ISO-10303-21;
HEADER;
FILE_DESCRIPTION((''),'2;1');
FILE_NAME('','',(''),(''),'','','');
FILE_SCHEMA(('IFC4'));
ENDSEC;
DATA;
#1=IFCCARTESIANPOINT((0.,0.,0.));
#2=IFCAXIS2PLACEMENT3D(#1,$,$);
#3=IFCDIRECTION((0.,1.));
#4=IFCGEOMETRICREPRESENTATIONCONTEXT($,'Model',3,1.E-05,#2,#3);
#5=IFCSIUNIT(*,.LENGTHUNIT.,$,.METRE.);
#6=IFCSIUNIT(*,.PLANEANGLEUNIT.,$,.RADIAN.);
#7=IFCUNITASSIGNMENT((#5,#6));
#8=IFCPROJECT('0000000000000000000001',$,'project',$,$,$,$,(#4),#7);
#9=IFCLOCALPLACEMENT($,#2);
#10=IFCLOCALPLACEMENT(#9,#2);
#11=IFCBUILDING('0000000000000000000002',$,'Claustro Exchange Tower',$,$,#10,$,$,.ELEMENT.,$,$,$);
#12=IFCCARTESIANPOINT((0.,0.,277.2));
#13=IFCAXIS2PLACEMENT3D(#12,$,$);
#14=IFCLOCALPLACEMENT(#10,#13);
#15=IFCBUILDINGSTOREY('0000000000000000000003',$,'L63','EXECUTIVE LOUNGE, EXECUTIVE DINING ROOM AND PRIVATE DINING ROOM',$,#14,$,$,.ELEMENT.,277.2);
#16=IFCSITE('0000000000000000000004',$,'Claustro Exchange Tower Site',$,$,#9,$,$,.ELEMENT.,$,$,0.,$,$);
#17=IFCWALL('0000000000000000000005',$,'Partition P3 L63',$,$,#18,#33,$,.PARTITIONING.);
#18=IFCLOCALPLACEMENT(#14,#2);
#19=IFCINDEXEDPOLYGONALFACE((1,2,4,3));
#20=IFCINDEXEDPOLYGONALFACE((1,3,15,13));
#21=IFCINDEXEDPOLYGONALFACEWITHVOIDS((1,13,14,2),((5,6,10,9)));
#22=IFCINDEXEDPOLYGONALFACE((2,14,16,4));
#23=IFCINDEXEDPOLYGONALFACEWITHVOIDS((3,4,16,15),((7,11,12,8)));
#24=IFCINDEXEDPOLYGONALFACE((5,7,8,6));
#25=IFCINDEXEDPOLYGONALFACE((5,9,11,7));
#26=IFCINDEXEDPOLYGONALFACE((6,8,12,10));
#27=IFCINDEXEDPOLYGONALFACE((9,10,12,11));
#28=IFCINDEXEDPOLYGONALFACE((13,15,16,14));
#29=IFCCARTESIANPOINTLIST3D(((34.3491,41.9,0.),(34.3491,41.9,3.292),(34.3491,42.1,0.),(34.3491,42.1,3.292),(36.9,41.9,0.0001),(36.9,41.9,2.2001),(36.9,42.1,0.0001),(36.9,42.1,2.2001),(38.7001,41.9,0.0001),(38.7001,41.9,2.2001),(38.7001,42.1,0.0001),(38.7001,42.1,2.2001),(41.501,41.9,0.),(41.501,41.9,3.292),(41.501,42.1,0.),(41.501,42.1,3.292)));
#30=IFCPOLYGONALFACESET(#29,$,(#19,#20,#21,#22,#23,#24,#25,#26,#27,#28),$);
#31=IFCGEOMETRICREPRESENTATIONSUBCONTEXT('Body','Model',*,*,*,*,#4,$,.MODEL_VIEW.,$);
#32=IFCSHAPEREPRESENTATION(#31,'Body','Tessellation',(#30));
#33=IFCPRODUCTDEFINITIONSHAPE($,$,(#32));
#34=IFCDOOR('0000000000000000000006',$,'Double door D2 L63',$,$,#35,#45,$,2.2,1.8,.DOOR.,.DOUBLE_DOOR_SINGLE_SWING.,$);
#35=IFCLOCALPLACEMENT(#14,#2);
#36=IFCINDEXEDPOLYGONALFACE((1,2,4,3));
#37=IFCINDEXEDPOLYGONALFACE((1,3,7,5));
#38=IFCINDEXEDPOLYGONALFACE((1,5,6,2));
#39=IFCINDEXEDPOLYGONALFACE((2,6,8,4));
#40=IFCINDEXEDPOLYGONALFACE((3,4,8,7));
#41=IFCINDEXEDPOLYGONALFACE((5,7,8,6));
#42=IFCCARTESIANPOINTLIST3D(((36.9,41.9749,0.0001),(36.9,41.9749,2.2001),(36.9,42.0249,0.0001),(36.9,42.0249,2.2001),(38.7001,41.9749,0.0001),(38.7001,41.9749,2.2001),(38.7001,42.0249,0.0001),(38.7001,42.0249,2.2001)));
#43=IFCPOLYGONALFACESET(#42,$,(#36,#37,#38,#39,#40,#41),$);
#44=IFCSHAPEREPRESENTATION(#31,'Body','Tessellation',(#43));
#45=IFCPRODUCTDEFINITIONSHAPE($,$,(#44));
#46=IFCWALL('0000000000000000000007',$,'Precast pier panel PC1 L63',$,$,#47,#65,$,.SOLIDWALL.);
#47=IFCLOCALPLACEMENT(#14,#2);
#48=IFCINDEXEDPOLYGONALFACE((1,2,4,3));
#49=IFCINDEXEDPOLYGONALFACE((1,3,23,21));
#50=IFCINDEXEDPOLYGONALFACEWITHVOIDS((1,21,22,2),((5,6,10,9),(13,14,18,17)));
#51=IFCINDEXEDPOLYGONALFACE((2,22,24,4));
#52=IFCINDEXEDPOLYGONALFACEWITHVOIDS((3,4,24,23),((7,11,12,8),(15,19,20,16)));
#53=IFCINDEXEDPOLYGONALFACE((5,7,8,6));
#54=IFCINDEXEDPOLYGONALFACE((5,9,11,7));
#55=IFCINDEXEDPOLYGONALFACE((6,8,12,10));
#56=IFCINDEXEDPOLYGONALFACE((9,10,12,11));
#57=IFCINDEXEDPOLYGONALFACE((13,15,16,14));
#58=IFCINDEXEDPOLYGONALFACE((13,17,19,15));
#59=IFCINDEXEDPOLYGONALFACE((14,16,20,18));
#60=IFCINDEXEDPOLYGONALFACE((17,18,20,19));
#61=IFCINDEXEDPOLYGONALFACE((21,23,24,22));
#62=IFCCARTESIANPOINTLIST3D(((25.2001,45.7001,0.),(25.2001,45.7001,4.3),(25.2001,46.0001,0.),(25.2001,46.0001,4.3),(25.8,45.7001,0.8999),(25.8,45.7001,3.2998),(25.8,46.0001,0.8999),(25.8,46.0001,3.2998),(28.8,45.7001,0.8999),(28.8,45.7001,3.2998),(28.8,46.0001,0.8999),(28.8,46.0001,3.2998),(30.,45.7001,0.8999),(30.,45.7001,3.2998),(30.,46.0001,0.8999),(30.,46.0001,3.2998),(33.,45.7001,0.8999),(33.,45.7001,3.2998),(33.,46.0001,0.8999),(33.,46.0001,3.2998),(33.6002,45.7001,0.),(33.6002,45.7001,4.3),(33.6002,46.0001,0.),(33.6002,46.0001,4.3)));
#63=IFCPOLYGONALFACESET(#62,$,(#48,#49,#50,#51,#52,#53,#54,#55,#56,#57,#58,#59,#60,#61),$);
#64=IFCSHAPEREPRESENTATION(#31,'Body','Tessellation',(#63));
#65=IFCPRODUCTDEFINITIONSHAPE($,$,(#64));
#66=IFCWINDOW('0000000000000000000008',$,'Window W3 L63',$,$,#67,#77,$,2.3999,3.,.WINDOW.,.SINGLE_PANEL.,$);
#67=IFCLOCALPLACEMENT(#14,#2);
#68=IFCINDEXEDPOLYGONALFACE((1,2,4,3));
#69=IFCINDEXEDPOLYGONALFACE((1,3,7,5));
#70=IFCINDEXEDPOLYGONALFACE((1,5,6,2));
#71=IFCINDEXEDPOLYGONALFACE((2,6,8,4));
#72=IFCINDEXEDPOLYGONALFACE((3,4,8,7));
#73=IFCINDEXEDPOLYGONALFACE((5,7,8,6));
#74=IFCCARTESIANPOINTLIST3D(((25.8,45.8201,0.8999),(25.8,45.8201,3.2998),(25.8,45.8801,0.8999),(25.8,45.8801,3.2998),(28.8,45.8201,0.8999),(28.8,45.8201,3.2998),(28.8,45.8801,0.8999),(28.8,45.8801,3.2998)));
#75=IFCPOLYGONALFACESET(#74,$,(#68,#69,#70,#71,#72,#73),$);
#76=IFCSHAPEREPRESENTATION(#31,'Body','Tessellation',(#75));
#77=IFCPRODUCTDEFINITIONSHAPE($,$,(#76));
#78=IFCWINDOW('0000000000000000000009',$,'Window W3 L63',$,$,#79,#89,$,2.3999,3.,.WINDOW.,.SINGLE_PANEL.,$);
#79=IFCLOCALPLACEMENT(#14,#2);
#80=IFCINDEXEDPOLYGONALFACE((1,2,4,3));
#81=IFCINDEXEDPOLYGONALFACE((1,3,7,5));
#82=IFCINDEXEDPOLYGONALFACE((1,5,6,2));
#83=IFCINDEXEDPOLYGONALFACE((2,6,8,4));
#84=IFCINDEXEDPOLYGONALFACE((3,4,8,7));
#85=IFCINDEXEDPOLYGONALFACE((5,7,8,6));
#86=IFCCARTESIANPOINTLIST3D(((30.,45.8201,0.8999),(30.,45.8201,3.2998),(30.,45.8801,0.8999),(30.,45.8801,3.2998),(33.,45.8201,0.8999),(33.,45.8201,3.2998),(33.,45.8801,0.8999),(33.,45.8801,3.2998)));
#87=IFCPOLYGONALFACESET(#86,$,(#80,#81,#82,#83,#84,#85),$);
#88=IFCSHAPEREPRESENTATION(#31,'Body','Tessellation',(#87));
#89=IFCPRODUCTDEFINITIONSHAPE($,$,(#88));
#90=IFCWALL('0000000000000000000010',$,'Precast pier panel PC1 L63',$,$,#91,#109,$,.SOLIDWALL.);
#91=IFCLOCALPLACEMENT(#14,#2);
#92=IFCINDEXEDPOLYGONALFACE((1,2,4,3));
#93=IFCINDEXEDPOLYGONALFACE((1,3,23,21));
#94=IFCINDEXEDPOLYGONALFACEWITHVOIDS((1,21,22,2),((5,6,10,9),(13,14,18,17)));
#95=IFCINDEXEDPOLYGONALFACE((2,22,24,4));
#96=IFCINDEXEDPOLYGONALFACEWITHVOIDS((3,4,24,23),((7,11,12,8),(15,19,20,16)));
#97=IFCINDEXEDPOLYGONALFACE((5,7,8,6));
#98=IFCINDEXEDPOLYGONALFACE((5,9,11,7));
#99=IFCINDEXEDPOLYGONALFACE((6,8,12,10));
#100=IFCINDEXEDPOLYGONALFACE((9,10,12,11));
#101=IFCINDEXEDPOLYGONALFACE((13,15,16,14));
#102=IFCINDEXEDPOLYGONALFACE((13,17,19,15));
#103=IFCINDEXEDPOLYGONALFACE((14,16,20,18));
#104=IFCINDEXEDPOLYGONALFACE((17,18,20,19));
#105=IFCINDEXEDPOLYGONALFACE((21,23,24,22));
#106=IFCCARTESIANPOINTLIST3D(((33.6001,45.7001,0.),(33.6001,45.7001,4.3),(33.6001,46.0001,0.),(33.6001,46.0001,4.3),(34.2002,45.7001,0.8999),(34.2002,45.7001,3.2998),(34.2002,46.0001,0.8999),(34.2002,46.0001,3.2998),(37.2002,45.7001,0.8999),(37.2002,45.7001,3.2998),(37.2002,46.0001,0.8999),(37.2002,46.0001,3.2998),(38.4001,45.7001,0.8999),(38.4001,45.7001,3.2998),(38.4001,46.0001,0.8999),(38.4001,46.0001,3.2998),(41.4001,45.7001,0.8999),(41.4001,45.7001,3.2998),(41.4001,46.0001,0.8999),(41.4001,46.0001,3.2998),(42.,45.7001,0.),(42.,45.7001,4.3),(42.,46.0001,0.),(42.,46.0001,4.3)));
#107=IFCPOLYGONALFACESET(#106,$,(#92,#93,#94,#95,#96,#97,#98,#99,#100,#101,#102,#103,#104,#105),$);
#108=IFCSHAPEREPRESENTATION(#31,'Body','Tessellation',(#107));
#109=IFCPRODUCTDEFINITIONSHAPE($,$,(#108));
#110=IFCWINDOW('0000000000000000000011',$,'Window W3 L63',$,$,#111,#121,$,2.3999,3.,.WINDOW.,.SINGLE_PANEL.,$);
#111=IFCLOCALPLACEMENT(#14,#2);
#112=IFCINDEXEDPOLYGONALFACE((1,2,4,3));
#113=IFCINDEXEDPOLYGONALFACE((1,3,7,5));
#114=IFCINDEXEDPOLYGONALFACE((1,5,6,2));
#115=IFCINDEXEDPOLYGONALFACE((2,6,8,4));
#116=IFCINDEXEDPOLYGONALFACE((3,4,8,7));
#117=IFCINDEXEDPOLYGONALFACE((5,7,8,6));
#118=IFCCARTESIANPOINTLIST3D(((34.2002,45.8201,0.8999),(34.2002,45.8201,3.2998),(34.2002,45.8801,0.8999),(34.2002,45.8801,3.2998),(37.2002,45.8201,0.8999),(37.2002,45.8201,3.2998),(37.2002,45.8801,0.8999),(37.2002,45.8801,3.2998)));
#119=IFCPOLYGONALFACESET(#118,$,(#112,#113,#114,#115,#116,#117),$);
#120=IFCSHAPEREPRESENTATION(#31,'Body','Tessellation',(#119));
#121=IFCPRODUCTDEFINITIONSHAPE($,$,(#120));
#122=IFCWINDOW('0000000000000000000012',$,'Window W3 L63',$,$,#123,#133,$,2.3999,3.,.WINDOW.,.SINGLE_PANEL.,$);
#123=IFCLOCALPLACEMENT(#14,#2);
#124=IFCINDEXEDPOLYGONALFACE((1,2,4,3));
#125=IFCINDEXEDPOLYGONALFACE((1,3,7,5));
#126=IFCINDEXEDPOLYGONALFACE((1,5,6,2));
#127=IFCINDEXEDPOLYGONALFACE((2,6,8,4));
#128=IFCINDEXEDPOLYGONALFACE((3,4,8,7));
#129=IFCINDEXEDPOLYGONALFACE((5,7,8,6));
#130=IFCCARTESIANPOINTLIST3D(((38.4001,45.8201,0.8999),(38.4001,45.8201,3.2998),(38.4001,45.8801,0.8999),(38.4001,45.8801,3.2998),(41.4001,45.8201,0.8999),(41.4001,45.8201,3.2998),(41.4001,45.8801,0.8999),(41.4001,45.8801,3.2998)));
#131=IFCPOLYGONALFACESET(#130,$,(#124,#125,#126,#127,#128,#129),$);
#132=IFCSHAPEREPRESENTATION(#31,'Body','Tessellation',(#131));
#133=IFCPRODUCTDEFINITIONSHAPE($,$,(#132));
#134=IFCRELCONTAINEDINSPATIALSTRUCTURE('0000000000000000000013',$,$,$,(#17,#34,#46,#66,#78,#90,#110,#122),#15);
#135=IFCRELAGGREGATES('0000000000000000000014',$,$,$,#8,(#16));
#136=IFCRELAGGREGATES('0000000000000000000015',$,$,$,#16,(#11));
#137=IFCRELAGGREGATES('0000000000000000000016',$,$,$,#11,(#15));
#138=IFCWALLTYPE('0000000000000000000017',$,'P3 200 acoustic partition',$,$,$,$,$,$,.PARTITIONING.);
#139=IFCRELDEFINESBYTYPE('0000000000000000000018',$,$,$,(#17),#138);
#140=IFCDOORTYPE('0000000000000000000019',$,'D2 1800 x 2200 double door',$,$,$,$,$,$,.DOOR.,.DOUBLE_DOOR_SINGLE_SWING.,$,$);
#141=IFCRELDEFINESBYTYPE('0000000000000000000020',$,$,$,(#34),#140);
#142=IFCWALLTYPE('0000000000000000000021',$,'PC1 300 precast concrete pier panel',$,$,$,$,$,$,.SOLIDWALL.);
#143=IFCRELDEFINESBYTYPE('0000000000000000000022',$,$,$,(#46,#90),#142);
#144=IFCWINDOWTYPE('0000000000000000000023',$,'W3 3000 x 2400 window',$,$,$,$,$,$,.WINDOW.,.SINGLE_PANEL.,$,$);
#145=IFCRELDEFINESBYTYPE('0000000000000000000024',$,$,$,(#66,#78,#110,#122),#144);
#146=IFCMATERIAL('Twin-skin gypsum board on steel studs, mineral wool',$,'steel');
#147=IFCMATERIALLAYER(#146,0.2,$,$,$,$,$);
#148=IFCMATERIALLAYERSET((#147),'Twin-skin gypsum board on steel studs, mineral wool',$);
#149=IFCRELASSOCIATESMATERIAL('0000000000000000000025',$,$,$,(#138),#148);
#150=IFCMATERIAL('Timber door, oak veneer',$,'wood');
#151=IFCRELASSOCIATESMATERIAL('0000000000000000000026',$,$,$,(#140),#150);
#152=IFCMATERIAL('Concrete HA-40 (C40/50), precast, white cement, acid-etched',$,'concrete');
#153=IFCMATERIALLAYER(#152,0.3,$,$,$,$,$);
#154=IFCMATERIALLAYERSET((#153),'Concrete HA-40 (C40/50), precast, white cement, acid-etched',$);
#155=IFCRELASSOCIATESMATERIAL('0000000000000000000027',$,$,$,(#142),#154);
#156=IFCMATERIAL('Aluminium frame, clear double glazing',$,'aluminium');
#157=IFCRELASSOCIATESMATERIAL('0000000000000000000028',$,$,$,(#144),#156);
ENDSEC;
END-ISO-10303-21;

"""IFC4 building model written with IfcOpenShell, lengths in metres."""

from ifc_helpers import new_model, si_unit, direction, frame, frame_2d, origin, place, context, subcontext, project, spatial, rectangle, extrude, material, layer, layer_set, type_object, element, fill, save


model = new_model("IFC4")

# Units and contexts
model_context = context("Model", 3, precision=1e-05, world=origin(), true_north=direction((0.0, 1.0)))
body_context = subcontext(model_context, "Body", "Model", "MODEL_VIEW")
ifc_project = project(units=[si_unit("LENGTHUNIT", "METRE"), si_unit("PLANEANGLEUNIT", "RADIAN")], contexts=[model_context])

# Site, building, storey
site_placement = place(None, origin())
site = spatial("IfcSite", under=ifc_project, at=site_placement, Name="Claustro Exchange Tower Site", CompositionType="ELEMENT", RefElevation=0.0)
building_placement = place(site_placement, origin())
building = spatial("IfcBuilding", under=site, at=building_placement, Name="Claustro Exchange Tower", CompositionType="ELEMENT")
storey_placement = place(building_placement, frame((0.0, 0.0, 277.2)))
storey = spatial("IfcBuildingStorey", under=building, at=storey_placement, Name="L63", Description="EXECUTIVE LOUNGE, EXECUTIVE DINING ROOM AND PRIVATE DINING ROOM", CompositionType="ELEMENT", Elevation=277.2)

# Wall, opening, door
ifc_material_1 = material(Name="Twin-skin gypsum board on steel studs, mineral wool", Category="steel")
ifc_layer_1 = layer(ifc_material_1, 0.2)
ifc_layer_set_1 = layer_set([ifc_layer_1], Name="Twin-skin gypsum board on steel studs, mineral wool")
wall_type_1 = type_object("IfcWallType", Name="P3 200 acoustic partition", PredefinedType="PARTITIONING", material=ifc_layer_set_1)
wall_1_placement = place(storey_placement, frame((34.3491, 42.0, 0.0), z_axis=(0.0, 0.0, 1.0), x_axis=(1.0, 0.0, 0.0)))
wall_1 = element("IfcWall", 1, at=wall_1_placement, inside=storey, type_object=wall_type_1, Name="Partition P3 L63", PredefinedType="PARTITIONING", context=body_context, shape_type="SweptSolid", body=[
    extrude(rectangle(XDim=7.1519, YDim=0.2, at=frame_2d((3.5759, 0.0))), origin(), (0.0, 0.0, 1.0), 3.292),
])
opening_1_placement = place(wall_1_placement, frame((2.551, 0.0, 0.0)))
opening_1 = element("IfcOpeningElement", 2, at=opening_1_placement, cuts=wall_1, PredefinedType="OPENING", context=body_context, shape_type="SweptSolid", body=[
    extrude(rectangle(XDim=1.8, YDim=2.2, at=frame_2d((0.8999, 1.1001))), frame((0.0, 0.1099, 0.0), z_axis=(0.0, -1.0, 0.0), x_axis=(1.0, 0.0, 0.0)), (0.0, 0.0, 1.0), 0.22),
])
ifc_material_2 = material(Name="Timber door, oak veneer", Category="wood")
door_type = type_object("IfcDoorType", Name="D2 1800 x 2200 double door", OperationType="DOUBLE_DOOR_SINGLE_SWING", PredefinedType="DOOR", material=ifc_material_2)
door_placement = place(opening_1_placement, origin())
door = element("IfcDoor", 3, at=door_placement, inside=storey, type_object=door_type, Name="Double door D2 L63", OperationType="DOUBLE_DOOR_SINGLE_SWING", OverallHeight=2.2, OverallWidth=1.8, PredefinedType="DOOR", context=body_context, shape_type="SweptSolid", body=[
    extrude(rectangle(XDim=1.8, YDim=2.2, at=frame_2d((0.8999, 1.1001))), frame((0.0, 0.0249, 0.0), z_axis=(0.0, -1.0, 0.0), x_axis=(1.0, 0.0, 0.0)), (0.0, 0.0, 1.0), 0.05),
])
fill(opening_1, door)

# Walls, openings, windows
ifc_material_3 = material(Name="Concrete HA-40 (C40/50), precast, white cement, acid-etched", Category="concrete")
ifc_layer_2 = layer(ifc_material_3, 0.3)
ifc_layer_set_2 = layer_set([ifc_layer_2], Name="Concrete HA-40 (C40/50), precast, white cement, acid-etched")
wall_type_2 = type_object("IfcWallType", Name="PC1 300 precast concrete pier panel", PredefinedType="SOLIDWALL", material=ifc_layer_set_2)
wall_2_placement = place(storey_placement, frame((25.2, 45.8501, 0.0), z_axis=(0.0, 0.0, 1.0), x_axis=(1.0, 0.0, 0.0)))
wall_2 = element("IfcWall", 4, at=wall_2_placement, inside=storey, type_object=wall_type_2, Name="Precast pier panel PC1 L63", PredefinedType="SOLIDWALL", context=body_context, shape_type="SweptSolid", body=[
    extrude(rectangle(XDim=8.4001, YDim=0.3, at=frame_2d((4.2002, 0.0))), origin(), (0.0, 0.0, 1.0), 4.3),
])
opening_2_placement = place(wall_2_placement, frame((0.6001, 0.0, 0.8999)))
opening_2 = element("IfcOpeningElement", 5, at=opening_2_placement, cuts=wall_2, PredefinedType="OPENING", context=body_context, shape_type="SweptSolid", body=[
    extrude(rectangle(XDim=3.0, YDim=2.3999, at=frame_2d((1.5, 1.2))), frame((0.0, 0.1599, 0.0), z_axis=(0.0, -1.0, 0.0), x_axis=(1.0, 0.0, 0.0)), (0.0, 0.0, 1.0), 0.3201),
])
opening_3_placement = place(wall_2_placement, frame((4.8, 0.0, 0.8999)))
opening_3 = element("IfcOpeningElement", 6, at=opening_3_placement, cuts=wall_2, PredefinedType="OPENING", context=body_context, shape_type="SweptSolid", body=[
    extrude(rectangle(XDim=3.0, YDim=2.3999, at=frame_2d((1.5, 1.2))), frame((0.0, 0.1599, 0.0), z_axis=(0.0, -1.0, 0.0), x_axis=(1.0, 0.0, 0.0)), (0.0, 0.0, 1.0), 0.3201),
])
ifc_material_4 = material(Name="Aluminium frame, clear double glazing", Category="aluminium")
window_type = type_object("IfcWindowType", Name="W3 3000 x 2400 window", PartitioningType="SINGLE_PANEL", PredefinedType="WINDOW", material=ifc_material_4)
window_1_placement = place(opening_2_placement, origin())
window_1 = element("IfcWindow", 7, at=window_1_placement, inside=storey, type_object=window_type, Name="Window W3 L63", OverallHeight=2.3999, OverallWidth=3.0, PartitioningType="SINGLE_PANEL", PredefinedType="WINDOW", context=body_context, shape_type="SweptSolid", body=[
    extrude(rectangle(XDim=3.0, YDim=2.3999, at=frame_2d((1.5, 1.2))), frame((0.0, 0.03, 0.0), z_axis=(0.0, -1.0, 0.0), x_axis=(1.0, 0.0, 0.0)), (0.0, 0.0, 1.0), 0.0601),
])
fill(opening_2, window_1)
window_2_placement = place(opening_3_placement, origin())
window_2 = element("IfcWindow", 8, at=window_2_placement, inside=storey, type_object=window_type, Name="Window W3 L63", OverallHeight=2.3999, OverallWidth=3.0, PartitioningType="SINGLE_PANEL", PredefinedType="WINDOW", context=body_context, shape_type="SweptSolid", body=[
    extrude(rectangle(XDim=3.0, YDim=2.3999, at=frame_2d((1.5, 1.2))), frame((0.0, 0.03, 0.0), z_axis=(0.0, -1.0, 0.0), x_axis=(1.0, 0.0, 0.0)), (0.0, 0.0, 1.0), 0.0601),
])
fill(opening_3, window_2)
wall_3_placement = place(storey_placement, frame((33.6001, 45.8501, 0.0), z_axis=(0.0, 0.0, 1.0), x_axis=(1.0, 0.0, 0.0)))
wall_3 = element("IfcWall", 9, at=wall_3_placement, inside=storey, type_object=wall_type_2, Name="Precast pier panel PC1 L63", PredefinedType="SOLIDWALL", context=body_context, shape_type="SweptSolid", body=[
    extrude(rectangle(XDim=8.3999, YDim=0.3, at=frame_2d((4.2, 0.0))), origin(), (0.0, 0.0, 1.0), 4.3),
])
opening_4_placement = place(wall_3_placement, frame((0.6001, 0.0, 0.8999)))
opening_4 = element("IfcOpeningElement", 10, at=opening_4_placement, cuts=wall_3, PredefinedType="OPENING", context=body_context, shape_type="SweptSolid", body=[
    extrude(rectangle(XDim=3.0, YDim=2.3999, at=frame_2d((1.5, 1.2))), frame((0.0, 0.1599, 0.0), z_axis=(0.0, -1.0, 0.0), x_axis=(1.0, 0.0, 0.0)), (0.0, 0.0, 1.0), 0.3201),
])
opening_5_placement = place(wall_3_placement, frame((4.8, 0.0, 0.8999)))
opening_5 = element("IfcOpeningElement", 11, at=opening_5_placement, cuts=wall_3, PredefinedType="OPENING", context=body_context, shape_type="SweptSolid", body=[
    extrude(rectangle(XDim=3.0, YDim=2.3999, at=frame_2d((1.5, 1.2))), frame((0.0, 0.1599, 0.0), z_axis=(0.0, -1.0, 0.0), x_axis=(1.0, 0.0, 0.0)), (0.0, 0.0, 1.0), 0.3201),
])
window_3_placement = place(opening_4_placement, origin())
window_3 = element("IfcWindow", 12, at=window_3_placement, inside=storey, type_object=window_type, Name="Window W3 L63", OverallHeight=2.3999, OverallWidth=3.0, PartitioningType="SINGLE_PANEL", PredefinedType="WINDOW", context=body_context, shape_type="SweptSolid", body=[
    extrude(rectangle(XDim=3.0, YDim=2.3999, at=frame_2d((1.5, 1.2))), frame((0.0, 0.03, 0.0), z_axis=(0.0, -1.0, 0.0), x_axis=(1.0, 0.0, 0.0)), (0.0, 0.0, 1.0), 0.0601),
])
fill(opening_4, window_3)
window_4_placement = place(opening_5_placement, origin())
window_4 = element("IfcWindow", 13, at=window_4_placement, inside=storey, type_object=window_type, Name="Window W3 L63", OverallHeight=2.3999, OverallWidth=3.0, PartitioningType="SINGLE_PANEL", PredefinedType="WINDOW", context=body_context, shape_type="SweptSolid", body=[
    extrude(rectangle(XDim=3.0, YDim=2.3999, at=frame_2d((1.5, 1.2))), frame((0.0, 0.03, 0.0), z_axis=(0.0, -1.0, 0.0), x_axis=(1.0, 0.0, 0.0)), (0.0, 0.0, 1.0), 0.0601),
])
fill(opening_5, window_4)

save(model, "model.ifc")
